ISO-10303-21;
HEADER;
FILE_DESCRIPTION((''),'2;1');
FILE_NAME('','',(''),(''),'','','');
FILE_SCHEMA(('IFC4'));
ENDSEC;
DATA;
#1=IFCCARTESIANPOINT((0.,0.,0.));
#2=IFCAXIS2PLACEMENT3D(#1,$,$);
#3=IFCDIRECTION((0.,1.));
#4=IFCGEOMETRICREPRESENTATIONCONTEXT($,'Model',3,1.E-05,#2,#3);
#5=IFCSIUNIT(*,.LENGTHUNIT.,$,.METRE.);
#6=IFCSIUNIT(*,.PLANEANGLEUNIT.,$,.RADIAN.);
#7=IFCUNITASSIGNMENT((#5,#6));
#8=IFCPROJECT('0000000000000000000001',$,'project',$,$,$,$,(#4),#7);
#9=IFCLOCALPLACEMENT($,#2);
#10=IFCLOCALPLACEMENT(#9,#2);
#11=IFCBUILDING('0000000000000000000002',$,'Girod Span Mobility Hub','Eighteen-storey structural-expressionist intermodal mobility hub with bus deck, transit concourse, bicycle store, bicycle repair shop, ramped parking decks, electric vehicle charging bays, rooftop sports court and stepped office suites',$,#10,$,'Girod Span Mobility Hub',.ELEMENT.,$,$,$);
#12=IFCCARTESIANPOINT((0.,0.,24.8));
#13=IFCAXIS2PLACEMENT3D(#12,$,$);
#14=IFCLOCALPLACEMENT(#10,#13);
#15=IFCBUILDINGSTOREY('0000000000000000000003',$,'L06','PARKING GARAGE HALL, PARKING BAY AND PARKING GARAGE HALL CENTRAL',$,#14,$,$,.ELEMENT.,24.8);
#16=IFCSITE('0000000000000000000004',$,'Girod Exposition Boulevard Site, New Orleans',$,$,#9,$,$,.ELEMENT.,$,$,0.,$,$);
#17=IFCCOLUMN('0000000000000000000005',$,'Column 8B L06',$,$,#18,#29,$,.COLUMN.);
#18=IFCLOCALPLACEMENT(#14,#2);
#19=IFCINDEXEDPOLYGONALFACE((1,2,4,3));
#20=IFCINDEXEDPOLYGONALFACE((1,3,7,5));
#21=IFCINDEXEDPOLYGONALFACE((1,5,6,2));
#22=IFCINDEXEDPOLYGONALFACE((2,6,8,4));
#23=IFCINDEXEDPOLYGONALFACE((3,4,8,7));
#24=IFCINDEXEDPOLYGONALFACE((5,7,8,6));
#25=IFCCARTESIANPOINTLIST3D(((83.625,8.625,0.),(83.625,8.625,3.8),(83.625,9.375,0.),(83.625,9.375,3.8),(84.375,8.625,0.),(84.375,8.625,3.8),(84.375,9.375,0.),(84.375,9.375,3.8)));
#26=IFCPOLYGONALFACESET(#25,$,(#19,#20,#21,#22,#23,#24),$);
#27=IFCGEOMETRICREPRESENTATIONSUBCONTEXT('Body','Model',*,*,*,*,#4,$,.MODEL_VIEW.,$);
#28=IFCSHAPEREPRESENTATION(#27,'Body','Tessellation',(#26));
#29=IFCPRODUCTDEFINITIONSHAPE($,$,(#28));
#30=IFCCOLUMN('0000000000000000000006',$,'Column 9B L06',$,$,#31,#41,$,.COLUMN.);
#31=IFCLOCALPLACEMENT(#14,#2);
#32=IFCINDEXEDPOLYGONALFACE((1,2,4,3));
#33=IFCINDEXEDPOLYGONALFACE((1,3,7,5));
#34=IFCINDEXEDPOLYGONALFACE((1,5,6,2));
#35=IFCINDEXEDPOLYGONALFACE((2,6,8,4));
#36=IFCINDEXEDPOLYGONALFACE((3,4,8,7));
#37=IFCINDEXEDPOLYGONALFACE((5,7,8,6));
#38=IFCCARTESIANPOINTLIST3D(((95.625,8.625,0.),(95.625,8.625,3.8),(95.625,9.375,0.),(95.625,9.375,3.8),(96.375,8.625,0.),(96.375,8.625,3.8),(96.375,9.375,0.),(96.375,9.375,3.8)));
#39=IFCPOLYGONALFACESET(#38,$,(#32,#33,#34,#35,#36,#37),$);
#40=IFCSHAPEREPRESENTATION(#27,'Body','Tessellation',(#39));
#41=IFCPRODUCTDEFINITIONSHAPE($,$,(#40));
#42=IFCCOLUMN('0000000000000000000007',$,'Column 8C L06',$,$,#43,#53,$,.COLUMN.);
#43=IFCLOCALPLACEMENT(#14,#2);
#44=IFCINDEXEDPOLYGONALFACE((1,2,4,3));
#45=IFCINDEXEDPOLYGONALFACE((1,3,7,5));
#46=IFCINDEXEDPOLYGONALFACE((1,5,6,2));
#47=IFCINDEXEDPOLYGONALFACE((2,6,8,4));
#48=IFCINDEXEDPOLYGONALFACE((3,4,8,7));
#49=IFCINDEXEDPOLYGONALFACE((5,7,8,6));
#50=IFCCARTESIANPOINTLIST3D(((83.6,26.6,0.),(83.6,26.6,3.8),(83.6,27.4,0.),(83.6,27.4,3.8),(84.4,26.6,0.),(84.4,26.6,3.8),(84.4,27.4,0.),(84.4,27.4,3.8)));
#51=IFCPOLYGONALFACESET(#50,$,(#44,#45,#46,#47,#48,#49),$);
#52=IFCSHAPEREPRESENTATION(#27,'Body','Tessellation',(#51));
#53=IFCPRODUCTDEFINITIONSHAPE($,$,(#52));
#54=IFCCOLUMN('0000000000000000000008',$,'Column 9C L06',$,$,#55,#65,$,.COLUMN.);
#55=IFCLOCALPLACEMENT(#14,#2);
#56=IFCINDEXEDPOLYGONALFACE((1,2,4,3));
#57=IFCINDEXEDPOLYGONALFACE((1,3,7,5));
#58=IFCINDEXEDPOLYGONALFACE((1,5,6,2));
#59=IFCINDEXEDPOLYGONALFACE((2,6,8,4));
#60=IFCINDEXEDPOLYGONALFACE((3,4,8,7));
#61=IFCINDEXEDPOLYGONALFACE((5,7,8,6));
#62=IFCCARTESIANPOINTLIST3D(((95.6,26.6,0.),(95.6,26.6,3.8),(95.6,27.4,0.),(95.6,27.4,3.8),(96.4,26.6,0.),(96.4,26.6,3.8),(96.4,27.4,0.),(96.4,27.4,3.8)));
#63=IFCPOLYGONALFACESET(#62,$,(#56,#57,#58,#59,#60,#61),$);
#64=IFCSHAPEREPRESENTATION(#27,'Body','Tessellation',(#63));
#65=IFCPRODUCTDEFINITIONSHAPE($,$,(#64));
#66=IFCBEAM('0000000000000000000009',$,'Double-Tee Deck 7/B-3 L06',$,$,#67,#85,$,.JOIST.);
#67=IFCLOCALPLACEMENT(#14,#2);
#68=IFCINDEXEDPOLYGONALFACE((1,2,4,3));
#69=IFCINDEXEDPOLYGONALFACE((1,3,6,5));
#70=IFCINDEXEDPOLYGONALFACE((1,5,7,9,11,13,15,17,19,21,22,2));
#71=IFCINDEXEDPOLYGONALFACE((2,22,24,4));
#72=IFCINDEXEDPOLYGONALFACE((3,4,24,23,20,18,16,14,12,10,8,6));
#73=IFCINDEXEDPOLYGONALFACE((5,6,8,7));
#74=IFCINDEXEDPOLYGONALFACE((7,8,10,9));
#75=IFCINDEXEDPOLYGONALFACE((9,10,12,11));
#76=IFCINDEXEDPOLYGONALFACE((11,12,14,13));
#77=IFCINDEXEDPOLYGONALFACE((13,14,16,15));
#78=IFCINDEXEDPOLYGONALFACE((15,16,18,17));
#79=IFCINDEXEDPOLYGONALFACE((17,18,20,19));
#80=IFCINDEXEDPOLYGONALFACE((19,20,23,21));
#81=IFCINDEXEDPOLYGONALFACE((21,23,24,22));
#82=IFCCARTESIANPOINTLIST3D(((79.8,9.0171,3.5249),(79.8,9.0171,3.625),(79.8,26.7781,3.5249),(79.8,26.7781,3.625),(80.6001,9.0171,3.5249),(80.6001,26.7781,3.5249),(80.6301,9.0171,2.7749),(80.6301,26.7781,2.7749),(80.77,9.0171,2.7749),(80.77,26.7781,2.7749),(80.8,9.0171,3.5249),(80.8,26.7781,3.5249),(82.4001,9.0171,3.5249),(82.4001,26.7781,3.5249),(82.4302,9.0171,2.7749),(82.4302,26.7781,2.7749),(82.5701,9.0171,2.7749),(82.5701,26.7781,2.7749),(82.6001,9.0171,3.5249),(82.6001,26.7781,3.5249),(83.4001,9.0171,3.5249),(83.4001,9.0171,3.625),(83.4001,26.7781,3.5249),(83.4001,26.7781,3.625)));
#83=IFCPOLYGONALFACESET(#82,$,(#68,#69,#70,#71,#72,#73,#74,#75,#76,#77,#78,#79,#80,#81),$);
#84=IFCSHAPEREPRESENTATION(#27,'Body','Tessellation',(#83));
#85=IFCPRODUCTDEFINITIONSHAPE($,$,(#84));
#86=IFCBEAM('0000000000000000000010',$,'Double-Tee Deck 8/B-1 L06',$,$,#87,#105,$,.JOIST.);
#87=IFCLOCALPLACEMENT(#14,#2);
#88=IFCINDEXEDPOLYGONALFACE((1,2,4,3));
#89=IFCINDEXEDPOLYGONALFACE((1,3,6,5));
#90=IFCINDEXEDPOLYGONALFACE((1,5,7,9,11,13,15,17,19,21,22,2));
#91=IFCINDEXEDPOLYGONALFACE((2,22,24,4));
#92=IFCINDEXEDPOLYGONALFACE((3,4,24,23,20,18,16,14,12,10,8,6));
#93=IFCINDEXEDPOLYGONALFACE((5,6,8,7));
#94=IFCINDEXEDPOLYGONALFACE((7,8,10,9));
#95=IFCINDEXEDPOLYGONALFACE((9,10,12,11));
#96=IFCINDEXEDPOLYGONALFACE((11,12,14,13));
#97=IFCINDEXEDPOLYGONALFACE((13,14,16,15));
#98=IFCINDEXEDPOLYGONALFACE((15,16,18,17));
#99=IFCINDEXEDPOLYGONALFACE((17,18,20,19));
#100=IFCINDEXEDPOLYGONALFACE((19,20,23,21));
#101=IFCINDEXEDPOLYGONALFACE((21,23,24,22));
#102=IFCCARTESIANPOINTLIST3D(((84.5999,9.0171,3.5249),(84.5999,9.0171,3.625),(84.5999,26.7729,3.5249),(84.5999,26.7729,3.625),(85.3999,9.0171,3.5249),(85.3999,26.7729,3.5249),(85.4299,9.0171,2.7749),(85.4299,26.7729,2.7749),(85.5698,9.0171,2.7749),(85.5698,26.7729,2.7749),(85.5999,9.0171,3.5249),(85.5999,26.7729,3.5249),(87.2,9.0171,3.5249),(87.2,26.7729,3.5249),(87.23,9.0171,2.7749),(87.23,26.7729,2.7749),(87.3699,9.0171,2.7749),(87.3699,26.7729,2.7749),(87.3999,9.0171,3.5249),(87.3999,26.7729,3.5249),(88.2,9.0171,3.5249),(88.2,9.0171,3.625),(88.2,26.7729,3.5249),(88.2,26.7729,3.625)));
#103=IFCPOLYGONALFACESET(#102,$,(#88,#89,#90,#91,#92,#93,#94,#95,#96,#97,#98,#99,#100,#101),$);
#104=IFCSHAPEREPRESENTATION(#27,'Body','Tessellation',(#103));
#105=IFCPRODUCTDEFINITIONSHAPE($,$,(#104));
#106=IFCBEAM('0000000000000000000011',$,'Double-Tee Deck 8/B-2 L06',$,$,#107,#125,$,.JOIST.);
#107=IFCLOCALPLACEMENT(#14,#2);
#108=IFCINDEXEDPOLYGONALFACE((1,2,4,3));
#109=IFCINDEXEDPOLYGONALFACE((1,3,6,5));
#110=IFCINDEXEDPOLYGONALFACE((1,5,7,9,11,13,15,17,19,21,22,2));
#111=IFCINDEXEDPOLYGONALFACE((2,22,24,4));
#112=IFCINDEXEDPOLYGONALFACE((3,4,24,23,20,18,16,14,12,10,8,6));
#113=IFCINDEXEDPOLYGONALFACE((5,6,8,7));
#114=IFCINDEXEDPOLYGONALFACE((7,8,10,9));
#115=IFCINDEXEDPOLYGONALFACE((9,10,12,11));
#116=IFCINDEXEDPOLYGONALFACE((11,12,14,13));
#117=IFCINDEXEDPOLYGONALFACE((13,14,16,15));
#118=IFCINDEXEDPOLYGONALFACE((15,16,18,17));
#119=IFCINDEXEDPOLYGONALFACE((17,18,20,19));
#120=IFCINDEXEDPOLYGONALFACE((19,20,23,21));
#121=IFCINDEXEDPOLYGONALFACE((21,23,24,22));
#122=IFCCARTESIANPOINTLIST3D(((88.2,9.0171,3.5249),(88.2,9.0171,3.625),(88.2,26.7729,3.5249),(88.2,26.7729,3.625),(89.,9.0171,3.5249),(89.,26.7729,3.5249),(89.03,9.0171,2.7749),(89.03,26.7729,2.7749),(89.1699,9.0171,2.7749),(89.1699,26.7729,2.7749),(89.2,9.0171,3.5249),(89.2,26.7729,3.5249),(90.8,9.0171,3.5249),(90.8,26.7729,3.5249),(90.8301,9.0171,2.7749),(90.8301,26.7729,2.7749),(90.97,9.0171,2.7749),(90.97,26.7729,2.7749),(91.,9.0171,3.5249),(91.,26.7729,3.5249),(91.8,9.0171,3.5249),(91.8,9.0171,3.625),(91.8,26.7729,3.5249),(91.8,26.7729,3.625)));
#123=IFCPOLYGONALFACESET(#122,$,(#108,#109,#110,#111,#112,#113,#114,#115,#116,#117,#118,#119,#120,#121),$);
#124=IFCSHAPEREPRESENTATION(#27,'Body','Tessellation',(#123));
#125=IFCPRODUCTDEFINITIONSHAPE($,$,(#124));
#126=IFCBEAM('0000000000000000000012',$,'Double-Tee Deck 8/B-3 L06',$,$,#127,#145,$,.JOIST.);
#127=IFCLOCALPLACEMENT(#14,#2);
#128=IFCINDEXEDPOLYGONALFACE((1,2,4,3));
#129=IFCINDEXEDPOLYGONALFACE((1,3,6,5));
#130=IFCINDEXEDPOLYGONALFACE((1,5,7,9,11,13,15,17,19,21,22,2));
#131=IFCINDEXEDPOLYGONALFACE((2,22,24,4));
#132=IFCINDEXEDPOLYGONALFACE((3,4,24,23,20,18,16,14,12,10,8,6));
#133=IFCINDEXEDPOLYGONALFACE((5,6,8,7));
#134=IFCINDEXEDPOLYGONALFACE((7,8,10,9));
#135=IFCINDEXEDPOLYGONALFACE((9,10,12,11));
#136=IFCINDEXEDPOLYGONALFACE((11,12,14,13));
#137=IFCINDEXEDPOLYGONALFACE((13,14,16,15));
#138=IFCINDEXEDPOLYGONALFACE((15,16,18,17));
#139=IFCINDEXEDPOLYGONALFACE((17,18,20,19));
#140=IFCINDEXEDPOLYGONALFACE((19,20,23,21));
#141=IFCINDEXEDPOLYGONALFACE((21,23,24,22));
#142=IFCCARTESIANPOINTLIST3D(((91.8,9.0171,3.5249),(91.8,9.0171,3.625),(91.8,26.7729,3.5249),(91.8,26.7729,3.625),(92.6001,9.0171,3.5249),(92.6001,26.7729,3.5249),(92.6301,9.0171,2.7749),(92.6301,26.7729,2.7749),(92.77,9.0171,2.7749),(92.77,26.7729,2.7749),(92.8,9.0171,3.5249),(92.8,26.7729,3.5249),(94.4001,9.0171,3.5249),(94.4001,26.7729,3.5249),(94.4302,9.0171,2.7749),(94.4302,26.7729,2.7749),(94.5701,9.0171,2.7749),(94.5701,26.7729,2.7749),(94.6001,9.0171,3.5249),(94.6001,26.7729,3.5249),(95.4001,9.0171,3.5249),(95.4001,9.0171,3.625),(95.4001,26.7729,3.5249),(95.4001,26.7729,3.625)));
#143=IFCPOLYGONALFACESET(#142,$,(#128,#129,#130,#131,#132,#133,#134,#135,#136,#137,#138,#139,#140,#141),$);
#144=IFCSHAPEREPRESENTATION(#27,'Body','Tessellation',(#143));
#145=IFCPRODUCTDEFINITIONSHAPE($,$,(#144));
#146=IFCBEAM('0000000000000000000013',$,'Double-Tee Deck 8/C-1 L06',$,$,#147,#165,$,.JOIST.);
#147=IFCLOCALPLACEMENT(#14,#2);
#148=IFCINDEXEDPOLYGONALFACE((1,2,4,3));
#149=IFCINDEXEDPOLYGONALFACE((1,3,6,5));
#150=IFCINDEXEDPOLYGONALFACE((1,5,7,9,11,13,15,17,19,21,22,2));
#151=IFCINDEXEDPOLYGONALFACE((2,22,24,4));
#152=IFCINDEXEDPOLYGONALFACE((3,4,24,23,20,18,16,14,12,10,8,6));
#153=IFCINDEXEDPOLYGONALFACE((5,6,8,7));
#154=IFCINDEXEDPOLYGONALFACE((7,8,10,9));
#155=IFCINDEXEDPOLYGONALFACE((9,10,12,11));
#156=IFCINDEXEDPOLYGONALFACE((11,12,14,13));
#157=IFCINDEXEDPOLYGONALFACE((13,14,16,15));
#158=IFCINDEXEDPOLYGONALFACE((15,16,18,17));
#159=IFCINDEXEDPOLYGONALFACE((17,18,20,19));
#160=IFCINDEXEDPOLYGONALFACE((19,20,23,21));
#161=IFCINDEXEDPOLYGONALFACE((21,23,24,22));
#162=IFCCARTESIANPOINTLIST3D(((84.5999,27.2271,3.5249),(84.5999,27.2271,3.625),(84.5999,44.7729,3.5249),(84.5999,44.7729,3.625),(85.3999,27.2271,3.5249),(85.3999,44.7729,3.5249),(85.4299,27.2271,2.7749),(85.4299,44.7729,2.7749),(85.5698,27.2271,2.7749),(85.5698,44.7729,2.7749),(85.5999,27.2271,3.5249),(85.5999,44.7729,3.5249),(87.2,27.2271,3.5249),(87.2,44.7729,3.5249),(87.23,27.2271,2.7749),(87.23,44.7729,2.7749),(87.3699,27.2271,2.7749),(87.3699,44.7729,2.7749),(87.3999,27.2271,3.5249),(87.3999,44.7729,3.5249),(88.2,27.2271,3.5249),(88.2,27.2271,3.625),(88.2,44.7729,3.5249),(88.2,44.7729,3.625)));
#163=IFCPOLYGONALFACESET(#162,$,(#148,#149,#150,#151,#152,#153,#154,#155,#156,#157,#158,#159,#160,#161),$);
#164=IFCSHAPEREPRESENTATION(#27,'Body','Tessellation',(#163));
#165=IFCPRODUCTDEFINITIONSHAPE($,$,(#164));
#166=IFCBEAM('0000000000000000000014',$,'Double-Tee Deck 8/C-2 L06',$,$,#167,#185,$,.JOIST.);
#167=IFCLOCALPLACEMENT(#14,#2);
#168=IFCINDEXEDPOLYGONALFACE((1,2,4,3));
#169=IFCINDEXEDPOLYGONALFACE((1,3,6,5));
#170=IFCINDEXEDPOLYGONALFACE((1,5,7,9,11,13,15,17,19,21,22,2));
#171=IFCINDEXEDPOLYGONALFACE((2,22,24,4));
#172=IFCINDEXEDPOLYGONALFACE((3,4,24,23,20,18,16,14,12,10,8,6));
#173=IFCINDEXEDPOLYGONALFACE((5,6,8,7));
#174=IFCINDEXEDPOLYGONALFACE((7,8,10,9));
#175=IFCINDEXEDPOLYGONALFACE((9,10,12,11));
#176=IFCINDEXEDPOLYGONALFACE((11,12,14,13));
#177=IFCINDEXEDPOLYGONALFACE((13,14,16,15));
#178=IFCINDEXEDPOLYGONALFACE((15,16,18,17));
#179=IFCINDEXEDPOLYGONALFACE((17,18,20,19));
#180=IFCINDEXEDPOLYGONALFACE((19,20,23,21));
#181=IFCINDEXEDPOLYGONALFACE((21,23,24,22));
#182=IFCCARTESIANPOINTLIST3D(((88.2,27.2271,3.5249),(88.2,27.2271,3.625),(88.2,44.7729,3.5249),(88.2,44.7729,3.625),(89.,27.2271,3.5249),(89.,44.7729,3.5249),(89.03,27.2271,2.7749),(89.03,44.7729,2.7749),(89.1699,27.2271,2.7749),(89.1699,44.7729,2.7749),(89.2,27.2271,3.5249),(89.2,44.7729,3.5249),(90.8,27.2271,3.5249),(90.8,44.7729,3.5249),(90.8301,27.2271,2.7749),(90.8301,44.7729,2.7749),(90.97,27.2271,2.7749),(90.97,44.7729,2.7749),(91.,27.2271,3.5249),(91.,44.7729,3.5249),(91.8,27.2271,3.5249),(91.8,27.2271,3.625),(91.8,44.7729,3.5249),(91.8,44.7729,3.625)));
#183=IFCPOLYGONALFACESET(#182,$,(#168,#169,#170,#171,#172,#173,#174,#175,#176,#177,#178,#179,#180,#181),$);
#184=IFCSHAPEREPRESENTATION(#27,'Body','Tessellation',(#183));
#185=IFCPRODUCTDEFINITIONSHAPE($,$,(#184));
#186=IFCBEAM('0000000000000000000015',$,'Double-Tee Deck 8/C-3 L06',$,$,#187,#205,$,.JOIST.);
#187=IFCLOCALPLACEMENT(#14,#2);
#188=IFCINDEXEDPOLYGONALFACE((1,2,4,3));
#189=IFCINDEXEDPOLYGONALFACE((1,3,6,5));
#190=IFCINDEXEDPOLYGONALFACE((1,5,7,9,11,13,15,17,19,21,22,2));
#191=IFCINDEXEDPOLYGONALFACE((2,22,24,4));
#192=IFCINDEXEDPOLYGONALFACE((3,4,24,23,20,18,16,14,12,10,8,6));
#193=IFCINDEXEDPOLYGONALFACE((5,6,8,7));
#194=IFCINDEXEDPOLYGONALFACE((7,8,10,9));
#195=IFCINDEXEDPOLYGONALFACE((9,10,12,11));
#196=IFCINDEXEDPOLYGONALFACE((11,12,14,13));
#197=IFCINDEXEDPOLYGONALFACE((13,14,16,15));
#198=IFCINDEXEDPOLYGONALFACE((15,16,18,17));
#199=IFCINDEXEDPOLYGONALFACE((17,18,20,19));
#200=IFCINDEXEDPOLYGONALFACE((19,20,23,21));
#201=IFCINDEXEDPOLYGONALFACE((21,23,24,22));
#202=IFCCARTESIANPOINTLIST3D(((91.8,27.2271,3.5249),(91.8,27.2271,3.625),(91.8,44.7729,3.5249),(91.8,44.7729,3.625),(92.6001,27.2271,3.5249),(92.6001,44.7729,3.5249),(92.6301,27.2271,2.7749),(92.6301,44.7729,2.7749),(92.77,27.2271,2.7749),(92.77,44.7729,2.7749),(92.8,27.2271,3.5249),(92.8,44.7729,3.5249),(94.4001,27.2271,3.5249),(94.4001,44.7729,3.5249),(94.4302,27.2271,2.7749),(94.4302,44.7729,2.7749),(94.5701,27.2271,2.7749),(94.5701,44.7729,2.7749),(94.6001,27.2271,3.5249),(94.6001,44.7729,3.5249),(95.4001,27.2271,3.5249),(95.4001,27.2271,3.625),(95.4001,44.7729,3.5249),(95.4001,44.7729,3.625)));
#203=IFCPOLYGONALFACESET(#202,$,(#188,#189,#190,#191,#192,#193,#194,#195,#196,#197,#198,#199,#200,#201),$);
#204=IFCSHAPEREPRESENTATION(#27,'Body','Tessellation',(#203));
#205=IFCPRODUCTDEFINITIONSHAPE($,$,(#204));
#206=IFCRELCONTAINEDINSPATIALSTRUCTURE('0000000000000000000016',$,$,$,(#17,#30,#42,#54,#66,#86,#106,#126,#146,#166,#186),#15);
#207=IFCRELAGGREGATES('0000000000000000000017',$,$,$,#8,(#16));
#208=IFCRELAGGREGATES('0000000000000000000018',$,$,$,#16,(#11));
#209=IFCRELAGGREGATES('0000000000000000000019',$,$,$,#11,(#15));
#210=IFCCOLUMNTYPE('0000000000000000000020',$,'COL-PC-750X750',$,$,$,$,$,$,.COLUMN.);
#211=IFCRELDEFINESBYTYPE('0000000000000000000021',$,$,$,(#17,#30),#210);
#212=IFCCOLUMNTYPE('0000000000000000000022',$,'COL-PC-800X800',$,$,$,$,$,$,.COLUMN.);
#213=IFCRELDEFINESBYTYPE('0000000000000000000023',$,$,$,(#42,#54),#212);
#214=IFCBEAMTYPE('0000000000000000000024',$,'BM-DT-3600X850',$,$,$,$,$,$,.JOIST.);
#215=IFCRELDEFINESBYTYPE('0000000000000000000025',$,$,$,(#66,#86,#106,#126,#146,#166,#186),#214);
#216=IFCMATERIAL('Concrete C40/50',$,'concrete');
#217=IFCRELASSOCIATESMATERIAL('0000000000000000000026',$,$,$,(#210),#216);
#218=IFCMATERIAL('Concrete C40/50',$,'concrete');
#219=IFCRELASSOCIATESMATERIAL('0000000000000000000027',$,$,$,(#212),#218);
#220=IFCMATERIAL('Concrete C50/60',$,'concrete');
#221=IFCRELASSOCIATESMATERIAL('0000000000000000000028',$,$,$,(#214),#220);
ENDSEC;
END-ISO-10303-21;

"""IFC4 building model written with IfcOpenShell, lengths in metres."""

from ifc_helpers import new_model, si_unit, direction, frame, origin, origin_2d, place, context, subcontext, project, spatial, polyline, rectangle, outline, extrude, material, material_profile, profile_set, type_object, element, save


model = new_model("IFC4")

# Units and contexts
model_context = context("Model", 3, precision=1e-05, world=origin(), true_north=direction((0.0, 1.0)))
body_context = subcontext(model_context, "Body", "Model", "MODEL_VIEW")
ifc_project = project(units=[si_unit("LENGTHUNIT", "METRE"), si_unit("PLANEANGLEUNIT", "RADIAN")], contexts=[model_context])

# Site, building, storey
site_placement = place(None, origin())
site = spatial("IfcSite", under=ifc_project, at=site_placement, Name="Girod Exposition Boulevard Site, New Orleans", CompositionType="ELEMENT", RefElevation=0.0)
building_placement = place(site_placement, origin())
building = spatial("IfcBuilding", under=site, at=building_placement, Name="Girod Span Mobility Hub", Description="Eighteen-storey structural-expressionist intermodal mobility hub with bus deck, transit concourse, bicycle store, bicycle repair shop, ramped parking decks, electric vehicle charging bays, rooftop sports court and stepped office suites", LongName="Girod Span Mobility Hub", CompositionType="ELEMENT")
storey_placement = place(building_placement, frame((0.0, 0.0, 24.8)))
storey = spatial("IfcBuildingStorey", under=building, at=storey_placement, Name="L06", Description="PARKING GARAGE HALL, PARKING BAY AND PARKING GARAGE HALL CENTRAL", CompositionType="ELEMENT", Elevation=24.8)

# Columns
ifc_material_1 = material(Name="Concrete C40/50", Category="concrete")
ifc_material_profile_1 = material_profile(ifc_material_1, rectangle(XDim=0.75, YDim=0.75, at=origin_2d()), Name="PC-COL-750X750")
ifc_profile_set_1 = profile_set([ifc_material_profile_1], Name="Concrete C40/50")
column_type_1 = type_object("IfcColumnType", Name="COL-PC-750X750", PredefinedType="COLUMN", material=ifc_profile_set_1)
for number, where, z_axis, x_axis, name in (
    (1, (84.0, 9.0, 0.0), (0.0, 0.0, 1.0), (1.0, 0.0, 0.0), "Column 8B L06"),
    (2, (96.0, 9.0, 0.0), (0.0, 0.0, 1.0), (1.0, 0.0, 0.0), "Column 9B L06"),
):
    element("IfcColumn", number, at=place(storey_placement, frame(where, z_axis=z_axis, x_axis=x_axis)), inside=storey, type_object=column_type_1, Name=name, PredefinedType="COLUMN", context=body_context, shape_type="SweptSolid", body=[
        extrude(rectangle(XDim=0.75, YDim=0.75, at=origin_2d()), origin(), (0.0, 0.0, 1.0), 3.8),
    ])
ifc_material_2 = material(Name="Concrete C40/50", Category="concrete")
ifc_material_profile_2 = material_profile(ifc_material_2, rectangle(XDim=0.8, YDim=0.8, at=origin_2d()), Name="PC-COL-800X800")
ifc_profile_set_2 = profile_set([ifc_material_profile_2], Name="Concrete C40/50")
column_type_2 = type_object("IfcColumnType", Name="COL-PC-800X800", PredefinedType="COLUMN", material=ifc_profile_set_2)
for number, where, z_axis, x_axis, name in (
    (3, (84.0, 27.0, 0.0), (0.0, 0.0, 1.0), (1.0, 0.0, 0.0), "Column 8C L06"),
    (4, (96.0, 27.0, 0.0), (0.0, 0.0, 1.0), (1.0, 0.0, 0.0), "Column 9C L06"),
):
    element("IfcColumn", number, at=place(storey_placement, frame(where, z_axis=z_axis, x_axis=x_axis)), inside=storey, type_object=column_type_2, Name=name, PredefinedType="COLUMN", context=body_context, shape_type="SweptSolid", body=[
        extrude(rectangle(XDim=0.8, YDim=0.8, at=origin_2d()), origin(), (0.0, 0.0, 1.0), 3.8),
    ])

# Beams
ifc_material_3 = material(Name="Concrete C50/60", Category="concrete")
ifc_material_profile_3 = material_profile(ifc_material_3, outline(polyline([(-1.8, 0.425), (-1.8, 0.325), (-1.0, 0.325), (-0.97, -0.425), (-0.8301, -0.425), (-0.8, 0.325), (0.8, 0.325), (0.8301, -0.425), (0.97, -0.425), (1.0, 0.325), (1.8, 0.325), (1.8, 0.425), (-1.8, 0.425)])), Name="DT-3600X850")
ifc_profile_set_3 = profile_set([ifc_material_profile_3], Name="Concrete C50/60")
beam_type_1 = type_object("IfcBeamType", Name="BM-DT-3600X850", PredefinedType="JOIST", material=ifc_profile_set_3)
beam_1_placement = place(storey_placement, frame((81.6001, 9.0171, 3.2), z_axis=(0.0, 1.0, 0.0), x_axis=(-1.0, 0.0, 0.0)))
element("IfcBeam", 5, at=beam_1_placement, inside=storey, type_object=beam_type_1, Name="Double-Tee Deck 7/B-3 L06", PredefinedType="JOIST", context=body_context, shape_type="SweptSolid", body=[
    extrude(outline(polyline([(-1.8, 0.425), (-1.8, 0.325), (-1.0, 0.325), (-0.97, -0.425), (-0.8301, -0.425), (-0.8, 0.325), (0.8, 0.325), (0.8301, -0.425), (0.97, -0.425), (1.0, 0.325), (1.8, 0.325), (1.8, 0.425), (-1.8, 0.425)])), origin(), (0.0, 0.0, 1.0), 17.761),
])
for number, where, z_axis, x_axis, name in (
    (6, (86.3999, 9.0171, 3.2), (0.0, 1.0, 0.0), (-1.0, 0.0, 0.0), "Double-Tee Deck 8/B-1 L06"),
    (7, (90.0, 9.0171, 3.2), (0.0, 1.0, 0.0), (-1.0, 0.0, 0.0), "Double-Tee Deck 8/B-2 L06"),
    (8, (93.6001, 9.0171, 3.2), (0.0, 1.0, 0.0), (-1.0, 0.0, 0.0), "Double-Tee Deck 8/B-3 L06"),
):
    element("IfcBeam", number, at=place(storey_placement, frame(where, z_axis=z_axis, x_axis=x_axis)), inside=storey, type_object=beam_type_1, Name=name, PredefinedType="JOIST", context=body_context, shape_type="SweptSolid", body=[
        extrude(outline(polyline([(-1.8, 0.425), (-1.8, 0.325), (-1.0, 0.325), (-0.97, -0.425), (-0.8301, -0.425), (-0.8, 0.325), (0.8, 0.325), (0.8301, -0.425), (0.97, -0.425), (1.0, 0.325), (1.8, 0.325), (1.8, 0.425), (-1.8, 0.425)])), origin(), (0.0, 0.0, 1.0), 17.7559),
    ])
for number, where, z_axis, x_axis, name in (
    (9, (86.3999, 27.2271, 3.2), (0.0, 1.0, 0.0), (-1.0, 0.0, 0.0), "Double-Tee Deck 8/C-1 L06"),
    (10, (90.0, 27.2271, 3.2), (0.0, 1.0, 0.0), (-1.0, 0.0, 0.0), "Double-Tee Deck 8/C-2 L06"),
    (11, (93.6001, 27.2271, 3.2), (0.0, 1.0, 0.0), (-1.0, 0.0, 0.0), "Double-Tee Deck 8/C-3 L06"),
):
    element("IfcBeam", number, at=place(storey_placement, frame(where, z_axis=z_axis, x_axis=x_axis)), inside=storey, type_object=beam_type_1, Name=name, PredefinedType="JOIST", context=body_context, shape_type="SweptSolid", body=[
        extrude(outline(polyline([(-1.8, 0.425), (-1.8, 0.325), (-1.0, 0.325), (-0.97, -0.425), (-0.8301, -0.425), (-0.8, 0.325), (0.8, 0.325), (0.8301, -0.425), (0.97, -0.425), (1.0, 0.325), (1.8, 0.325), (1.8, 0.425), (-1.8, 0.425)])), origin(), (0.0, 0.0, 1.0), 17.5459),
    ])

save(model, "model.ifc")
